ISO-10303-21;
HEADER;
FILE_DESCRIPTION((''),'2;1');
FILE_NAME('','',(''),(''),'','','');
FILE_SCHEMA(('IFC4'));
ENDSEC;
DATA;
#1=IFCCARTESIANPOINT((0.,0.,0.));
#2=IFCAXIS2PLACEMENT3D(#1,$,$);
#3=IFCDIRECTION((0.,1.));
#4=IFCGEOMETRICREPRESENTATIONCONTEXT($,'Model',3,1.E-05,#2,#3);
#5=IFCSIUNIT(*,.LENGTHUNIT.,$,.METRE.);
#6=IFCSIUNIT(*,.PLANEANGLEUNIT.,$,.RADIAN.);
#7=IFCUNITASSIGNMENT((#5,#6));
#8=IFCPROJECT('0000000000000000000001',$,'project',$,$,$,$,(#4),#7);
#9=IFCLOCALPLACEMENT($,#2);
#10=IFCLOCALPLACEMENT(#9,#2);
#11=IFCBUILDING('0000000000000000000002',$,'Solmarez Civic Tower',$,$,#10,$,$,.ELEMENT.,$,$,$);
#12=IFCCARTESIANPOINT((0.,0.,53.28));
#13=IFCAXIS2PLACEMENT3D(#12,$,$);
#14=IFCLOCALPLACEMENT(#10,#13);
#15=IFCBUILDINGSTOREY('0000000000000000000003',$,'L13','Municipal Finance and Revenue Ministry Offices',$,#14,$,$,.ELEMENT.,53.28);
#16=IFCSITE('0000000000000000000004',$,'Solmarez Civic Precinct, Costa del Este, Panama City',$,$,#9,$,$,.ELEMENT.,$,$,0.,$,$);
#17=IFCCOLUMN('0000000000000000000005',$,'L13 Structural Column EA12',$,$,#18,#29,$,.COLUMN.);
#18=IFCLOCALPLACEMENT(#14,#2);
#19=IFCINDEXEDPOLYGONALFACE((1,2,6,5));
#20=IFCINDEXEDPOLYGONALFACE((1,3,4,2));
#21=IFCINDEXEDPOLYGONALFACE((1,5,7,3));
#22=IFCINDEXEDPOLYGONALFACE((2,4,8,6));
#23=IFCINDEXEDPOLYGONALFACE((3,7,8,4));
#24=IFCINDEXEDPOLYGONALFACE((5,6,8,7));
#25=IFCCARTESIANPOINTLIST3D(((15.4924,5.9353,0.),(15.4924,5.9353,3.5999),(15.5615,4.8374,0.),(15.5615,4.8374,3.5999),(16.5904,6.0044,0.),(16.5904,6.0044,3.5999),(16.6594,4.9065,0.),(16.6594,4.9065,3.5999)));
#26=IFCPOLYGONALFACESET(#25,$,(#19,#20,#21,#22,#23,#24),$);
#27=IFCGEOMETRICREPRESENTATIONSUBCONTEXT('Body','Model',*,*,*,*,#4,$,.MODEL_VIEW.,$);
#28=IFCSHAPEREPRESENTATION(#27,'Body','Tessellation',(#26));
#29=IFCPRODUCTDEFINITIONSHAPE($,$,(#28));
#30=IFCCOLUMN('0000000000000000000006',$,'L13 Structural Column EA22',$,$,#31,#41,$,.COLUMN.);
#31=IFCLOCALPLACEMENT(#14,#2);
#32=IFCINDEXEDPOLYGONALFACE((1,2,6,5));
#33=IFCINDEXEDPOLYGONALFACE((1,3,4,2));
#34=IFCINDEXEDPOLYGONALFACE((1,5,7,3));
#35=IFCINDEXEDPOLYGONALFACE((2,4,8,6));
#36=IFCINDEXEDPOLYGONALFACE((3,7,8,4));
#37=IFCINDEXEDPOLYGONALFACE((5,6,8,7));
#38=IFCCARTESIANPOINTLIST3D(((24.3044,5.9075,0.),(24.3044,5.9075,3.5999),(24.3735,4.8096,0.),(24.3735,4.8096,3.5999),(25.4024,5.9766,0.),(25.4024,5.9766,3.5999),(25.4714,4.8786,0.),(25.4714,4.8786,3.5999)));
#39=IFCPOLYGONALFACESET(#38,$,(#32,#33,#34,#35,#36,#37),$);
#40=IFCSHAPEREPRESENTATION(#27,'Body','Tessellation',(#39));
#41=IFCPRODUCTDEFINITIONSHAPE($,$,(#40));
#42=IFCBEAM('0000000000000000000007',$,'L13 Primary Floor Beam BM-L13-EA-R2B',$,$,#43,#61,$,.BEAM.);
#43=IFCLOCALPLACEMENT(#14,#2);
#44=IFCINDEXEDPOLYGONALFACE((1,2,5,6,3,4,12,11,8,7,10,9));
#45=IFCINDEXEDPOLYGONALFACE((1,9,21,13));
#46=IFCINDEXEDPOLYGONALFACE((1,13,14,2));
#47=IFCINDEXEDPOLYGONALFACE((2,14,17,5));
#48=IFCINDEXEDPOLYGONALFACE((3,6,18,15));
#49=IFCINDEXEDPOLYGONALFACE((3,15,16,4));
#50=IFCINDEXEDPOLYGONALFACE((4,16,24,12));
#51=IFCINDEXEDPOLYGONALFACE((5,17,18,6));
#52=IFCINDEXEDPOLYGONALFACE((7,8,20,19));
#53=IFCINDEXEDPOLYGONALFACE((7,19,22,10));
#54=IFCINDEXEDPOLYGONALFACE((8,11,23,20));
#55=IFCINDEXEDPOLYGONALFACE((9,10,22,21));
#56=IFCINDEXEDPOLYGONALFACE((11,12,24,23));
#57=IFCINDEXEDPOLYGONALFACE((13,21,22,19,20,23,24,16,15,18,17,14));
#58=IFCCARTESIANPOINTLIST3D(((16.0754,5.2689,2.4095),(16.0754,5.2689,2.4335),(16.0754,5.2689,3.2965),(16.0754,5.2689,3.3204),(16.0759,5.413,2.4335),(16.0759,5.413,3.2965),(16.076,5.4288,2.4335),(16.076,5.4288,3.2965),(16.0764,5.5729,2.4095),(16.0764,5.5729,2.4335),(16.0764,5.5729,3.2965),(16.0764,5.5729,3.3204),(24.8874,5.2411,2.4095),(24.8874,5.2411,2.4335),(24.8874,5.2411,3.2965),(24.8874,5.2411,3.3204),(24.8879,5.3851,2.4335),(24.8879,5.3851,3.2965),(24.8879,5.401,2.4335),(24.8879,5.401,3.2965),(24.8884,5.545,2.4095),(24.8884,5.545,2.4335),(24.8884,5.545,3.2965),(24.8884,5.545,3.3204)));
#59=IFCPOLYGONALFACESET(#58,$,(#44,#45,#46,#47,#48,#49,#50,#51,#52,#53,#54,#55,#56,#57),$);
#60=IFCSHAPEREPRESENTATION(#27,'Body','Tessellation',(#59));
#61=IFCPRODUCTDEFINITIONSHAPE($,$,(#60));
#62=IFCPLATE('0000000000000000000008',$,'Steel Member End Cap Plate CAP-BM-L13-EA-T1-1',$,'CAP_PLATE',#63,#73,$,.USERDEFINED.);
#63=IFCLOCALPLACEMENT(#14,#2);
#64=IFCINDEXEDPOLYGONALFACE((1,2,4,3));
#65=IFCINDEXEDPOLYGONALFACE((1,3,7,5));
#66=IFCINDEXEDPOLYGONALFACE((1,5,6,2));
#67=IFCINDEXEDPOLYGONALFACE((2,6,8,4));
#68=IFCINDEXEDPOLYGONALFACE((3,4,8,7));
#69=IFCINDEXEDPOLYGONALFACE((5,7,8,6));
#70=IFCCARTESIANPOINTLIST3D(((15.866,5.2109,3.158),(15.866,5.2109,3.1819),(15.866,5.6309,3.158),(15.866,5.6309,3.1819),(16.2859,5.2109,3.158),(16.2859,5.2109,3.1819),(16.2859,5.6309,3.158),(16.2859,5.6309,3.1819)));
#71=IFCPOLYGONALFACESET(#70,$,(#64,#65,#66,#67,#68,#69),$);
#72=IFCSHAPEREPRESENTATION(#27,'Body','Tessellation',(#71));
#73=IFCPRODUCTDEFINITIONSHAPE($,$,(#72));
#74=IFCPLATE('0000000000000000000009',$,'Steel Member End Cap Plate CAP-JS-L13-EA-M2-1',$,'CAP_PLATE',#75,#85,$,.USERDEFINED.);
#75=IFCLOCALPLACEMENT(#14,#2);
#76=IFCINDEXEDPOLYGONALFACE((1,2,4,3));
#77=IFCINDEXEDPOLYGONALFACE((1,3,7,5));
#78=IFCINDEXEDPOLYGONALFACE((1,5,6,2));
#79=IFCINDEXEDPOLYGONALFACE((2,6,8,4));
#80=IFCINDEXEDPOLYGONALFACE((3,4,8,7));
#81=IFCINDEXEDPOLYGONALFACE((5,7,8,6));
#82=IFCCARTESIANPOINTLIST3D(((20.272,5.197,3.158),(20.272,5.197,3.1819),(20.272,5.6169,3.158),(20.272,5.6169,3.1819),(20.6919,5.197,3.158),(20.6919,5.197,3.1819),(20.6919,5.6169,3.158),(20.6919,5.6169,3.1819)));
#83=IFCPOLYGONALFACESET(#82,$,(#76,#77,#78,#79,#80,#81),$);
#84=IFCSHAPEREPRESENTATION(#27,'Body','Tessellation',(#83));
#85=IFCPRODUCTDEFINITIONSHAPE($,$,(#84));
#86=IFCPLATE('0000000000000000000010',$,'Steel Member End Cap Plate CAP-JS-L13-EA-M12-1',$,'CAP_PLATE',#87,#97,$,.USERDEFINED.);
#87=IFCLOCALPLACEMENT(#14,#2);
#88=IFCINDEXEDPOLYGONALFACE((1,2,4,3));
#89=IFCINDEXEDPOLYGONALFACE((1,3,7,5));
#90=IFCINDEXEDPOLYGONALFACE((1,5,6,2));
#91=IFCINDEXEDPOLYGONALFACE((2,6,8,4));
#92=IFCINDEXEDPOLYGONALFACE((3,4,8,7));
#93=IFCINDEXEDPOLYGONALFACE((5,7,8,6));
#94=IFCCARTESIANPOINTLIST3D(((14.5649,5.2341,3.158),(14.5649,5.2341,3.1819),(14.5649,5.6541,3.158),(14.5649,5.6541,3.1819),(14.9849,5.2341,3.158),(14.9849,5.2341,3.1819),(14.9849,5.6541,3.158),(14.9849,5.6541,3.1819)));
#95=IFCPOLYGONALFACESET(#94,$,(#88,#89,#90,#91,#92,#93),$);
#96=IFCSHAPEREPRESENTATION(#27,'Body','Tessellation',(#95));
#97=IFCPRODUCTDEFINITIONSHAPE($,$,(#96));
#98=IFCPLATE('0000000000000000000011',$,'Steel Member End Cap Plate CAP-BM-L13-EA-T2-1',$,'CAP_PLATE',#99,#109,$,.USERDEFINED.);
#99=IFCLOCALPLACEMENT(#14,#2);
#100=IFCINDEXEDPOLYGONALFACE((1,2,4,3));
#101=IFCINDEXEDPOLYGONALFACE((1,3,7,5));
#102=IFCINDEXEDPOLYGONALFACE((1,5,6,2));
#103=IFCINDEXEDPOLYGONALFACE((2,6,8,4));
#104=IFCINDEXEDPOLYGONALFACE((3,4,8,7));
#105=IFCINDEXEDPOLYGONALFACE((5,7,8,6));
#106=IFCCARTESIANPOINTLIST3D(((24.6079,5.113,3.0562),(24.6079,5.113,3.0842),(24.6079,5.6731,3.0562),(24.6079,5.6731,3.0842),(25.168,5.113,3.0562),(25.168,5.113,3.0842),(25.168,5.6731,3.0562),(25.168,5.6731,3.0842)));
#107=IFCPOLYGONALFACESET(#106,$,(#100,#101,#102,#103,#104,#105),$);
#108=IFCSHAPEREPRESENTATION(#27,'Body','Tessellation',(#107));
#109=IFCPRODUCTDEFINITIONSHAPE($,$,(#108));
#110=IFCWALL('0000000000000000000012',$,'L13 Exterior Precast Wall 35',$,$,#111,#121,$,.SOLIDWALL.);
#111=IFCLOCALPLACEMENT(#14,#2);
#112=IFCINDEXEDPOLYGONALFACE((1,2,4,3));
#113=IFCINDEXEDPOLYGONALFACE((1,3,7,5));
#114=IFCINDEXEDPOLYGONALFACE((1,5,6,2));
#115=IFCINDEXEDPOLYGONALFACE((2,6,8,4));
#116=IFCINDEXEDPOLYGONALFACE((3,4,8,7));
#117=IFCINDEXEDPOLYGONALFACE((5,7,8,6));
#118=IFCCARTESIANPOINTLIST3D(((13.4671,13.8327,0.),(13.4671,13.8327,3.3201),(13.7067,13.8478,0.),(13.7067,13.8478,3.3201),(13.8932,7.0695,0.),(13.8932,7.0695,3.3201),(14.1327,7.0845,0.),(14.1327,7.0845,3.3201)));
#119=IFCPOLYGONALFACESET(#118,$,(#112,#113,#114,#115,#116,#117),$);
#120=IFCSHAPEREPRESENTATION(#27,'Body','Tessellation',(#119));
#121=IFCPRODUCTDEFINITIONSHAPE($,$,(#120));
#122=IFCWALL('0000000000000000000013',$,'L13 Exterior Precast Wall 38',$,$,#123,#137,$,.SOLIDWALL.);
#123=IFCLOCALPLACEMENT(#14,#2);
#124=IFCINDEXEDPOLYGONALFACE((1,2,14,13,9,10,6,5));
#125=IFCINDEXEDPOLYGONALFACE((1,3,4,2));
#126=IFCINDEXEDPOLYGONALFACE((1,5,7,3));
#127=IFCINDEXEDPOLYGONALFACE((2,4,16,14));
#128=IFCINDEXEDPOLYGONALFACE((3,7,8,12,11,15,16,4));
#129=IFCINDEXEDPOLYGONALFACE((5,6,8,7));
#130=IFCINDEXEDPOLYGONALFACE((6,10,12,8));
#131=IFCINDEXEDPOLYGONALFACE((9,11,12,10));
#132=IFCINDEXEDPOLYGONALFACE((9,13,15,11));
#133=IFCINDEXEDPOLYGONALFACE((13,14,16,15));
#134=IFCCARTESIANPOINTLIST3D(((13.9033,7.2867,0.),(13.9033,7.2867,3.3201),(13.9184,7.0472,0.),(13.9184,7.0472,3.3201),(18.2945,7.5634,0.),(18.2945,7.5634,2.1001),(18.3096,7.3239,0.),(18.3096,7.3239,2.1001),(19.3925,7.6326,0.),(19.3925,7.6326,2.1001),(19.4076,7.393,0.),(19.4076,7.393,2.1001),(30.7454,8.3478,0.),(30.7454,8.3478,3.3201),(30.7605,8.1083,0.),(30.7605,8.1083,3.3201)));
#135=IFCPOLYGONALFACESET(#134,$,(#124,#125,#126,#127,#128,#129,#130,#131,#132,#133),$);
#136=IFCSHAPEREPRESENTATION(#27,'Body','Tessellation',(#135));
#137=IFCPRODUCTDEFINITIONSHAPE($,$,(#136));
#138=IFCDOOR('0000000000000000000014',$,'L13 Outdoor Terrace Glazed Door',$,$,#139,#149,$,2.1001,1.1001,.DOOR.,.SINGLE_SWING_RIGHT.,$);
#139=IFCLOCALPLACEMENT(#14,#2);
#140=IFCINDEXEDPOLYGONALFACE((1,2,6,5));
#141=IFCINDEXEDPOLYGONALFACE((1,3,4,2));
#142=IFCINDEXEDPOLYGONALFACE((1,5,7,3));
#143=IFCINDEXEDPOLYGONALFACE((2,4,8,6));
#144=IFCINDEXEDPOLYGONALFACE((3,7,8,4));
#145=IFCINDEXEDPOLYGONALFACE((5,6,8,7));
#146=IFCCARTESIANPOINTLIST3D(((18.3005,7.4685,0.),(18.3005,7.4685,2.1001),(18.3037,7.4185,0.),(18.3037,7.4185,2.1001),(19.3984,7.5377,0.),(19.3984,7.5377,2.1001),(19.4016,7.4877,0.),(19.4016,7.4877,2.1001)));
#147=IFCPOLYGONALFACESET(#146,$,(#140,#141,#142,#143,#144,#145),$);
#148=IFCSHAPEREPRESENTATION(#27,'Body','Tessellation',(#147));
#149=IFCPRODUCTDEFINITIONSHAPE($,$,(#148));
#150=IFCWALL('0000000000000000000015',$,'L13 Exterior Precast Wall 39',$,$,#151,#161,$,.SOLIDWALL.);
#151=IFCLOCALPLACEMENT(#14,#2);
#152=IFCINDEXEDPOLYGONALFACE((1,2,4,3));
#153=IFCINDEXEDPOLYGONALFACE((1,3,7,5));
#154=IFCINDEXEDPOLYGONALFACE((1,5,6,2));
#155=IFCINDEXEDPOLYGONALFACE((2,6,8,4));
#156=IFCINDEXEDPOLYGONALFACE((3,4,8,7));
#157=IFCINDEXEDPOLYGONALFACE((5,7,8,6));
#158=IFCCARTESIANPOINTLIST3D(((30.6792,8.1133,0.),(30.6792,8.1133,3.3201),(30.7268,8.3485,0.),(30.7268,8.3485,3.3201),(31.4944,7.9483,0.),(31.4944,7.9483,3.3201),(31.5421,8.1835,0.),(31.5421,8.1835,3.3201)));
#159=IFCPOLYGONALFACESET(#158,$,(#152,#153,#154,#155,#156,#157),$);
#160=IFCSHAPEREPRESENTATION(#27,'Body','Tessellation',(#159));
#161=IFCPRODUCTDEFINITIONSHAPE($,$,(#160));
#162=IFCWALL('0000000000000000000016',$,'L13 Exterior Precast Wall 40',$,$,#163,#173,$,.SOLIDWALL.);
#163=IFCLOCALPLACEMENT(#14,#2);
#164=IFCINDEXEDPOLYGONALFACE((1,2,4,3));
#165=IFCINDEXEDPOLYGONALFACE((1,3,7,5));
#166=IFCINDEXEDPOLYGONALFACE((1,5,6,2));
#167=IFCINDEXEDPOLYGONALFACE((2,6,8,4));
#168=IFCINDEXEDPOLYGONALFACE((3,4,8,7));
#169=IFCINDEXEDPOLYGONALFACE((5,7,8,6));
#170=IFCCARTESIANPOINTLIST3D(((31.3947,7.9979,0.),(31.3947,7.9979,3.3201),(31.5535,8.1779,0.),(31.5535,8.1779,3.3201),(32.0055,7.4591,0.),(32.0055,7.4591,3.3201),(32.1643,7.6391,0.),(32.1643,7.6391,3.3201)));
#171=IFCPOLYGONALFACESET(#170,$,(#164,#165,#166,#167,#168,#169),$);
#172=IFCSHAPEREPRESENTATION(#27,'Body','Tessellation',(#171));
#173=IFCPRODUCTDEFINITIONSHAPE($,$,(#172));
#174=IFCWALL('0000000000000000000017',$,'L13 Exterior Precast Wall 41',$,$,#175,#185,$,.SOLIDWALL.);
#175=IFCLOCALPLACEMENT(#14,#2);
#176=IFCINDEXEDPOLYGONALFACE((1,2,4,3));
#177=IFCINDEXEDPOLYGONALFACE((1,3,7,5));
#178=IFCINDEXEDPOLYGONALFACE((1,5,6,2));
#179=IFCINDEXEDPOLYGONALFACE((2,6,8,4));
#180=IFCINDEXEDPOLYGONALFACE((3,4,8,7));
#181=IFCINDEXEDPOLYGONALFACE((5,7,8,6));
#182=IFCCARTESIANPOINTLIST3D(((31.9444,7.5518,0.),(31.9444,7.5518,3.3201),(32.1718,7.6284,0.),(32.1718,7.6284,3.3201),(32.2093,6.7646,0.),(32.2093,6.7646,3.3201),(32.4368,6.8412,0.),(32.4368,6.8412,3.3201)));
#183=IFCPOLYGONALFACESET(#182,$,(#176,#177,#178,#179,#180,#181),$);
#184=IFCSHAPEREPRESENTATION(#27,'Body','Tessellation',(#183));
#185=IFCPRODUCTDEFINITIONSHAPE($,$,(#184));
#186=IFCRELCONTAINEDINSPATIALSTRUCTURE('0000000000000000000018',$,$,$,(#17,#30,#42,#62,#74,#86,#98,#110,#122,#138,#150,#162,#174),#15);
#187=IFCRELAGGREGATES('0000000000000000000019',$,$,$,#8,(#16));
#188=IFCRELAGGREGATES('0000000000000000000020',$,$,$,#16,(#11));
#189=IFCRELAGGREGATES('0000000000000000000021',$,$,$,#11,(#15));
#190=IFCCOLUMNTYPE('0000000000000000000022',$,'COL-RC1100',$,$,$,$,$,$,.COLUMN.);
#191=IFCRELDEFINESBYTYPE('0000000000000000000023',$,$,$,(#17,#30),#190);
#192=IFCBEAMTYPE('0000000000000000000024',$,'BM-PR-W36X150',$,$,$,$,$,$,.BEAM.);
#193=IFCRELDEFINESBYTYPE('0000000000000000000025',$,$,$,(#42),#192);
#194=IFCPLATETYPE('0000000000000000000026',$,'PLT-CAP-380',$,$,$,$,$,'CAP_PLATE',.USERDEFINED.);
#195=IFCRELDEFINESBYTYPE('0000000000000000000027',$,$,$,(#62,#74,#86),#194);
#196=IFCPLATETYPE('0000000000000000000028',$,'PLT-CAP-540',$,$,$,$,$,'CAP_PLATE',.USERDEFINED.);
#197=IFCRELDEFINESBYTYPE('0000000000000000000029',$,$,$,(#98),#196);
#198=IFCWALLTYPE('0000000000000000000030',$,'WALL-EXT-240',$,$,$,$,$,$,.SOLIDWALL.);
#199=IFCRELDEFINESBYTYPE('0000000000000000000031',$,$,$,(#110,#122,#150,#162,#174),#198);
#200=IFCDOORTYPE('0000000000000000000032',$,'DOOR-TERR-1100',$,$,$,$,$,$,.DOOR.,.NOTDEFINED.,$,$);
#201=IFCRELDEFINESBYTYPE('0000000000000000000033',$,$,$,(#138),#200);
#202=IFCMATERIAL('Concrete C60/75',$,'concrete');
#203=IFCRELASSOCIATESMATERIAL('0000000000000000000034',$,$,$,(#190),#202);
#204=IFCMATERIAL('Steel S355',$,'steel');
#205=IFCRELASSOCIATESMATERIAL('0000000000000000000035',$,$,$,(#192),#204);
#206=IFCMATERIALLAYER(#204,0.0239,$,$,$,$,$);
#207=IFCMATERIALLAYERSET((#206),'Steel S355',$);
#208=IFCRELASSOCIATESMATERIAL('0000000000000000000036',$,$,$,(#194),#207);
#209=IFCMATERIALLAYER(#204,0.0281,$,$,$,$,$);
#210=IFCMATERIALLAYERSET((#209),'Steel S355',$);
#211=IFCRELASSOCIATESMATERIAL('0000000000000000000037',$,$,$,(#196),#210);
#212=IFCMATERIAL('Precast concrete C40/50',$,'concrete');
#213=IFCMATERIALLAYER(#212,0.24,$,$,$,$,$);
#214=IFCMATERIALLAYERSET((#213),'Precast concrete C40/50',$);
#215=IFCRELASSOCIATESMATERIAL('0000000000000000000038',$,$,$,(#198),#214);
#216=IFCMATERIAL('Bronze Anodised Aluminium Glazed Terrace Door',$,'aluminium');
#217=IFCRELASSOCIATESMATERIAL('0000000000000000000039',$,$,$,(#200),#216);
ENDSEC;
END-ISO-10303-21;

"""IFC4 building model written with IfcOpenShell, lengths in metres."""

from ifc_helpers import new_model, si_unit, direction, frame, frame_2d, origin, origin_2d, place, context, subcontext, project, spatial, rectangle, i_section, extrude, material, layer, layer_set, material_profile, profile_set, type_object, element, fill, save


model = new_model("IFC4")

# Units and contexts
model_context = context("Model", 3, precision=1e-05, world=origin(), true_north=direction((0.0, 1.0)))
body_context = subcontext(model_context, "Body", "Model", "MODEL_VIEW")
ifc_project = project(units=[si_unit("LENGTHUNIT", "METRE"), si_unit("PLANEANGLEUNIT", "RADIAN")], contexts=[model_context])

# Site, building, storey
site_placement = place(None, origin())
site = spatial("IfcSite", under=ifc_project, at=site_placement, Name="Solmarez Civic Precinct, Costa del Este, Panama City", CompositionType="ELEMENT", RefElevation=0.0)
building_placement = place(site_placement, origin())
building = spatial("IfcBuilding", under=site, at=building_placement, Name="Solmarez Civic Tower", CompositionType="ELEMENT")
storey_placement = place(building_placement, frame((0.0, 0.0, 53.28)))
storey = spatial("IfcBuildingStorey", under=building, at=storey_placement, Name="L13", Description="Municipal Finance and Revenue Ministry Offices", CompositionType="ELEMENT", Elevation=53.28)

# Columns
ifc_material_1 = material(Name="Concrete C60/75", Category="concrete")
ifc_material_profile_1 = material_profile(ifc_material_1, rectangle(XDim=1.1001, YDim=1.1001, at=origin_2d()), Name="RC1100X1100")
ifc_profile_set_1 = profile_set([ifc_material_profile_1], Name="Concrete C60/75")
column_type = type_object("IfcColumnType", Name="COL-RC1100", PredefinedType="COLUMN", material=ifc_profile_set_1)
for number, where, z_axis, x_axis, name in (
    (1, (16.0759, 5.4209, 0.0), (0.0, 0.0, 1.0), (0.998027, 0.062791, 0.0), "L13 Structural Column EA12"),
    (2, (24.8879, 5.3931, 0.0), (0.0, 0.0, 1.0), (0.998027, 0.062791, 0.0), "L13 Structural Column EA22"),
):
    element("IfcColumn", number, at=place(storey_placement, frame(where, z_axis=z_axis, x_axis=x_axis)), inside=storey, type_object=column_type, Name=name, PredefinedType="COLUMN", context=body_context, shape_type="SweptSolid", body=[
        extrude(rectangle(XDim=1.1001, YDim=1.1001, at=origin_2d()), origin(), (0.0, 0.0, 1.0), 3.5999),
    ])

# Beam
ifc_material_2 = material(Name="Steel S355", Category="steel")
ifc_material_profile_2 = material_profile(ifc_material_2, i_section(OverallWidth=0.304, OverallDepth=0.9109, WebThickness=0.0159, FlangeThickness=0.0239, at=origin_2d()), Name="W36X150")
ifc_profile_set_2 = profile_set([ifc_material_profile_2], Name="Steel S355")
beam_type = type_object("IfcBeamType", Name="BM-PR-W36X150", PredefinedType="BEAM", material=ifc_profile_set_2)
beam_placement = place(storey_placement, frame((16.0759, 5.4209, 2.865), z_axis=(0.999995, -0.003158, 0.0), x_axis=(0.003158, 0.999995, 0.0)))
element("IfcBeam", 3, at=beam_placement, inside=storey, type_object=beam_type, Name="L13 Primary Floor Beam BM-L13-EA-R2B", PredefinedType="BEAM", context=body_context, shape_type="SweptSolid", body=[
    extrude(i_section(OverallWidth=0.304, OverallDepth=0.9109, WebThickness=0.0159, FlangeThickness=0.0239, at=origin_2d()), origin(), (0.0, 0.0, 1.0), 8.812),
])

# Plates
ifc_layer_1 = layer(ifc_material_2, 0.0239)
ifc_layer_set_1 = layer_set([ifc_layer_1], Name="Steel S355")
plate_type_1 = type_object("IfcPlateType", Name="PLT-CAP-380", ElementType="CAP_PLATE", PredefinedType="USERDEFINED", material=ifc_layer_set_1)
for number, where, z_axis, x_axis, name in (
    (4, (16.0759, 5.4209, 3.158), (0.0, 0.0, 1.0), (1.0, 0.0, 0.0), "Steel Member End Cap Plate CAP-BM-L13-EA-T1-1"),
    (5, (20.4819, 5.407, 3.158), (0.0, 0.0, 1.0), (1.0, 0.0, 0.0), "Steel Member End Cap Plate CAP-JS-L13-EA-M2-1"),
    (6, (14.7749, 5.4441, 3.158), (0.0, 0.0, 1.0), (1.0, 0.0, 0.0), "Steel Member End Cap Plate CAP-JS-L13-EA-M12-1"),
):
    element("IfcPlate", number, at=place(storey_placement, frame(where, z_axis=z_axis, x_axis=x_axis)), inside=storey, type_object=plate_type_1, Name=name, ObjectType="CAP_PLATE", PredefinedType="USERDEFINED", context=body_context, shape_type="SweptSolid", body=[
        extrude(rectangle(XDim=0.4199, YDim=0.4199, at=origin_2d()), origin(), (0.0, 0.0, 1.0), 0.0239),
    ])
ifc_layer_2 = layer(ifc_material_2, 0.0281)
ifc_layer_set_2 = layer_set([ifc_layer_2], Name="Steel S355")
plate_type_2 = type_object("IfcPlateType", Name="PLT-CAP-540", ElementType="CAP_PLATE", PredefinedType="USERDEFINED", material=ifc_layer_set_2)
plate_placement = place(storey_placement, frame((24.8879, 5.3931, 3.0562), z_axis=(0.0, 0.0, 1.0), x_axis=(1.0, 0.0, 0.0)))
element("IfcPlate", 7, at=plate_placement, inside=storey, type_object=plate_type_2, Name="Steel Member End Cap Plate CAP-BM-L13-EA-T2-1", ObjectType="CAP_PLATE", PredefinedType="USERDEFINED", context=body_context, shape_type="SweptSolid", body=[
    extrude(rectangle(XDim=0.5601, YDim=0.5601, at=origin_2d()), origin(), (0.0, 0.0, 1.0), 0.0281),
])

# Wall
ifc_material_3 = material(Name="Precast concrete C40/50", Category="concrete")
ifc_layer_3 = layer(ifc_material_3, 0.24)
ifc_layer_set_3 = layer_set([ifc_layer_3], Name="Precast concrete C40/50")
wall_type_1 = type_object("IfcWallType", Name="WALL-EXT-240", PredefinedType="SOLIDWALL", material=ifc_layer_set_3)
wall_1_placement = place(storey_placement, frame((13.5869, 13.8401, 0.0), z_axis=(0.0, 0.0, 1.0), x_axis=(0.062867, -0.998022, 0.0)))
element("IfcWall", 8, at=wall_1_placement, inside=storey, type_object=wall_type_1, Name="L13 Exterior Precast Wall 35", PredefinedType="SOLIDWALL", context=body_context, shape_type="SweptSolid", body=[
    extrude(rectangle(XDim=6.7766, YDim=0.24, at=frame_2d((3.3882, 0.0))), origin(), (0.0, 0.0, 1.0), 3.3201),
])

# Wall, opening, door
wall_2_placement = place(storey_placement, frame((13.9109, 7.167, 0.0), z_axis=(0.0, 0.0, 1.0), x_axis=(0.998021, 0.062875, 0.0)))
wall_2 = element("IfcWall", 9, at=wall_2_placement, inside=storey, type_object=wall_type_1, Name="L13 Exterior Precast Wall 38", PredefinedType="SOLIDWALL", context=body_context, shape_type="SweptSolid", body=[
    extrude(rectangle(XDim=16.8755, YDim=0.24, at=frame_2d((8.4377, 0.0))), origin(), (0.0, 0.0, 1.0), 3.3201),
])
opening_1_placement = place(wall_2_placement, frame((4.3999, 0.0, 0.0)))
opening_1 = element("IfcOpeningElement", 10, at=opening_1_placement, cuts=wall_2, PredefinedType="OPENING", context=body_context, shape_type="SweptSolid", body=[
    extrude(rectangle(XDim=1.1001, YDim=2.1001, at=frame_2d((0.55, 1.05))), frame((0.0, 0.1299, 0.0), z_axis=(0.0, -1.0, 0.0), x_axis=(1.0, 0.0, 0.0)), (0.0, 0.0, 1.0), 0.26),
])
ifc_material_4 = material(Name="Bronze Anodised Aluminium Glazed Terrace Door", Category="aluminium")
door_type_1 = type_object("IfcDoorType", Name="DOOR-TERR-1100", OperationType="NOTDEFINED", PredefinedType="DOOR", material=ifc_material_4)
door_1_placement = place(opening_1_placement, origin())
door_1 = element("IfcDoor", 11, at=door_1_placement, inside=storey, type_object=door_type_1, Name="L13 Outdoor Terrace Glazed Door", OperationType="SINGLE_SWING_RIGHT", OverallHeight=2.1001, OverallWidth=1.1001, PredefinedType="DOOR", context=body_context, shape_type="SweptSolid", body=[
    extrude(rectangle(XDim=1.1001, YDim=2.1001, at=frame_2d((0.55, 1.05))), frame((0.0, 0.0249, 0.0), z_axis=(0.0, -1.0, 0.0), x_axis=(1.0, 0.0, 0.0)), (0.0, 0.0, 1.0), 0.05),
])
fill(opening_1, door_1)

# Walls
wall_3_placement = place(storey_placement, frame((30.7029, 8.231, 0.0), z_axis=(0.0, 0.0, 1.0), x_axis=(0.980115, -0.19843, 0.0)))
element("IfcWall", 12, at=wall_3_placement, inside=storey, type_object=wall_type_1, Name="L13 Exterior Precast Wall 39", PredefinedType="SOLIDWALL", context=body_context, shape_type="SweptSolid", body=[
    extrude(rectangle(XDim=0.8318, YDim=0.24, at=frame_2d((0.416, 0.0))), origin(), (0.0, 0.0, 1.0), 3.3201),
])
wall_4_placement = place(storey_placement, frame((31.4741, 8.0879, 0.0), z_axis=(0.0, 0.0, 1.0), x_axis=(0.749934, -0.661513, 0.0)))
element("IfcWall", 13, at=wall_4_placement, inside=storey, type_object=wall_type_1, Name="L13 Exterior Precast Wall 40", PredefinedType="SOLIDWALL", context=body_context, shape_type="SweptSolid", body=[
    extrude(rectangle(XDim=0.8145, YDim=0.24, at=frame_2d((0.4072, 0.0))), origin(), (0.0, 0.0, 1.0), 3.3201),
])
wall_5_placement = place(storey_placement, frame((32.0581, 7.5901, 0.0), z_axis=(0.0, 0.0, 1.0), x_axis=(0.31896, -0.947768, 0.0)))
element("IfcWall", 14, at=wall_5_placement, inside=storey, type_object=wall_type_1, Name="L13 Exterior Precast Wall 41", PredefinedType="SOLIDWALL", context=body_context, shape_type="SweptSolid", body=[
    extrude(rectangle(XDim=0.8306, YDim=0.24, at=frame_2d((0.4153, 0.0))), origin(), (0.0, 0.0, 1.0), 3.3201),
])

save(model, "model.ifc")
